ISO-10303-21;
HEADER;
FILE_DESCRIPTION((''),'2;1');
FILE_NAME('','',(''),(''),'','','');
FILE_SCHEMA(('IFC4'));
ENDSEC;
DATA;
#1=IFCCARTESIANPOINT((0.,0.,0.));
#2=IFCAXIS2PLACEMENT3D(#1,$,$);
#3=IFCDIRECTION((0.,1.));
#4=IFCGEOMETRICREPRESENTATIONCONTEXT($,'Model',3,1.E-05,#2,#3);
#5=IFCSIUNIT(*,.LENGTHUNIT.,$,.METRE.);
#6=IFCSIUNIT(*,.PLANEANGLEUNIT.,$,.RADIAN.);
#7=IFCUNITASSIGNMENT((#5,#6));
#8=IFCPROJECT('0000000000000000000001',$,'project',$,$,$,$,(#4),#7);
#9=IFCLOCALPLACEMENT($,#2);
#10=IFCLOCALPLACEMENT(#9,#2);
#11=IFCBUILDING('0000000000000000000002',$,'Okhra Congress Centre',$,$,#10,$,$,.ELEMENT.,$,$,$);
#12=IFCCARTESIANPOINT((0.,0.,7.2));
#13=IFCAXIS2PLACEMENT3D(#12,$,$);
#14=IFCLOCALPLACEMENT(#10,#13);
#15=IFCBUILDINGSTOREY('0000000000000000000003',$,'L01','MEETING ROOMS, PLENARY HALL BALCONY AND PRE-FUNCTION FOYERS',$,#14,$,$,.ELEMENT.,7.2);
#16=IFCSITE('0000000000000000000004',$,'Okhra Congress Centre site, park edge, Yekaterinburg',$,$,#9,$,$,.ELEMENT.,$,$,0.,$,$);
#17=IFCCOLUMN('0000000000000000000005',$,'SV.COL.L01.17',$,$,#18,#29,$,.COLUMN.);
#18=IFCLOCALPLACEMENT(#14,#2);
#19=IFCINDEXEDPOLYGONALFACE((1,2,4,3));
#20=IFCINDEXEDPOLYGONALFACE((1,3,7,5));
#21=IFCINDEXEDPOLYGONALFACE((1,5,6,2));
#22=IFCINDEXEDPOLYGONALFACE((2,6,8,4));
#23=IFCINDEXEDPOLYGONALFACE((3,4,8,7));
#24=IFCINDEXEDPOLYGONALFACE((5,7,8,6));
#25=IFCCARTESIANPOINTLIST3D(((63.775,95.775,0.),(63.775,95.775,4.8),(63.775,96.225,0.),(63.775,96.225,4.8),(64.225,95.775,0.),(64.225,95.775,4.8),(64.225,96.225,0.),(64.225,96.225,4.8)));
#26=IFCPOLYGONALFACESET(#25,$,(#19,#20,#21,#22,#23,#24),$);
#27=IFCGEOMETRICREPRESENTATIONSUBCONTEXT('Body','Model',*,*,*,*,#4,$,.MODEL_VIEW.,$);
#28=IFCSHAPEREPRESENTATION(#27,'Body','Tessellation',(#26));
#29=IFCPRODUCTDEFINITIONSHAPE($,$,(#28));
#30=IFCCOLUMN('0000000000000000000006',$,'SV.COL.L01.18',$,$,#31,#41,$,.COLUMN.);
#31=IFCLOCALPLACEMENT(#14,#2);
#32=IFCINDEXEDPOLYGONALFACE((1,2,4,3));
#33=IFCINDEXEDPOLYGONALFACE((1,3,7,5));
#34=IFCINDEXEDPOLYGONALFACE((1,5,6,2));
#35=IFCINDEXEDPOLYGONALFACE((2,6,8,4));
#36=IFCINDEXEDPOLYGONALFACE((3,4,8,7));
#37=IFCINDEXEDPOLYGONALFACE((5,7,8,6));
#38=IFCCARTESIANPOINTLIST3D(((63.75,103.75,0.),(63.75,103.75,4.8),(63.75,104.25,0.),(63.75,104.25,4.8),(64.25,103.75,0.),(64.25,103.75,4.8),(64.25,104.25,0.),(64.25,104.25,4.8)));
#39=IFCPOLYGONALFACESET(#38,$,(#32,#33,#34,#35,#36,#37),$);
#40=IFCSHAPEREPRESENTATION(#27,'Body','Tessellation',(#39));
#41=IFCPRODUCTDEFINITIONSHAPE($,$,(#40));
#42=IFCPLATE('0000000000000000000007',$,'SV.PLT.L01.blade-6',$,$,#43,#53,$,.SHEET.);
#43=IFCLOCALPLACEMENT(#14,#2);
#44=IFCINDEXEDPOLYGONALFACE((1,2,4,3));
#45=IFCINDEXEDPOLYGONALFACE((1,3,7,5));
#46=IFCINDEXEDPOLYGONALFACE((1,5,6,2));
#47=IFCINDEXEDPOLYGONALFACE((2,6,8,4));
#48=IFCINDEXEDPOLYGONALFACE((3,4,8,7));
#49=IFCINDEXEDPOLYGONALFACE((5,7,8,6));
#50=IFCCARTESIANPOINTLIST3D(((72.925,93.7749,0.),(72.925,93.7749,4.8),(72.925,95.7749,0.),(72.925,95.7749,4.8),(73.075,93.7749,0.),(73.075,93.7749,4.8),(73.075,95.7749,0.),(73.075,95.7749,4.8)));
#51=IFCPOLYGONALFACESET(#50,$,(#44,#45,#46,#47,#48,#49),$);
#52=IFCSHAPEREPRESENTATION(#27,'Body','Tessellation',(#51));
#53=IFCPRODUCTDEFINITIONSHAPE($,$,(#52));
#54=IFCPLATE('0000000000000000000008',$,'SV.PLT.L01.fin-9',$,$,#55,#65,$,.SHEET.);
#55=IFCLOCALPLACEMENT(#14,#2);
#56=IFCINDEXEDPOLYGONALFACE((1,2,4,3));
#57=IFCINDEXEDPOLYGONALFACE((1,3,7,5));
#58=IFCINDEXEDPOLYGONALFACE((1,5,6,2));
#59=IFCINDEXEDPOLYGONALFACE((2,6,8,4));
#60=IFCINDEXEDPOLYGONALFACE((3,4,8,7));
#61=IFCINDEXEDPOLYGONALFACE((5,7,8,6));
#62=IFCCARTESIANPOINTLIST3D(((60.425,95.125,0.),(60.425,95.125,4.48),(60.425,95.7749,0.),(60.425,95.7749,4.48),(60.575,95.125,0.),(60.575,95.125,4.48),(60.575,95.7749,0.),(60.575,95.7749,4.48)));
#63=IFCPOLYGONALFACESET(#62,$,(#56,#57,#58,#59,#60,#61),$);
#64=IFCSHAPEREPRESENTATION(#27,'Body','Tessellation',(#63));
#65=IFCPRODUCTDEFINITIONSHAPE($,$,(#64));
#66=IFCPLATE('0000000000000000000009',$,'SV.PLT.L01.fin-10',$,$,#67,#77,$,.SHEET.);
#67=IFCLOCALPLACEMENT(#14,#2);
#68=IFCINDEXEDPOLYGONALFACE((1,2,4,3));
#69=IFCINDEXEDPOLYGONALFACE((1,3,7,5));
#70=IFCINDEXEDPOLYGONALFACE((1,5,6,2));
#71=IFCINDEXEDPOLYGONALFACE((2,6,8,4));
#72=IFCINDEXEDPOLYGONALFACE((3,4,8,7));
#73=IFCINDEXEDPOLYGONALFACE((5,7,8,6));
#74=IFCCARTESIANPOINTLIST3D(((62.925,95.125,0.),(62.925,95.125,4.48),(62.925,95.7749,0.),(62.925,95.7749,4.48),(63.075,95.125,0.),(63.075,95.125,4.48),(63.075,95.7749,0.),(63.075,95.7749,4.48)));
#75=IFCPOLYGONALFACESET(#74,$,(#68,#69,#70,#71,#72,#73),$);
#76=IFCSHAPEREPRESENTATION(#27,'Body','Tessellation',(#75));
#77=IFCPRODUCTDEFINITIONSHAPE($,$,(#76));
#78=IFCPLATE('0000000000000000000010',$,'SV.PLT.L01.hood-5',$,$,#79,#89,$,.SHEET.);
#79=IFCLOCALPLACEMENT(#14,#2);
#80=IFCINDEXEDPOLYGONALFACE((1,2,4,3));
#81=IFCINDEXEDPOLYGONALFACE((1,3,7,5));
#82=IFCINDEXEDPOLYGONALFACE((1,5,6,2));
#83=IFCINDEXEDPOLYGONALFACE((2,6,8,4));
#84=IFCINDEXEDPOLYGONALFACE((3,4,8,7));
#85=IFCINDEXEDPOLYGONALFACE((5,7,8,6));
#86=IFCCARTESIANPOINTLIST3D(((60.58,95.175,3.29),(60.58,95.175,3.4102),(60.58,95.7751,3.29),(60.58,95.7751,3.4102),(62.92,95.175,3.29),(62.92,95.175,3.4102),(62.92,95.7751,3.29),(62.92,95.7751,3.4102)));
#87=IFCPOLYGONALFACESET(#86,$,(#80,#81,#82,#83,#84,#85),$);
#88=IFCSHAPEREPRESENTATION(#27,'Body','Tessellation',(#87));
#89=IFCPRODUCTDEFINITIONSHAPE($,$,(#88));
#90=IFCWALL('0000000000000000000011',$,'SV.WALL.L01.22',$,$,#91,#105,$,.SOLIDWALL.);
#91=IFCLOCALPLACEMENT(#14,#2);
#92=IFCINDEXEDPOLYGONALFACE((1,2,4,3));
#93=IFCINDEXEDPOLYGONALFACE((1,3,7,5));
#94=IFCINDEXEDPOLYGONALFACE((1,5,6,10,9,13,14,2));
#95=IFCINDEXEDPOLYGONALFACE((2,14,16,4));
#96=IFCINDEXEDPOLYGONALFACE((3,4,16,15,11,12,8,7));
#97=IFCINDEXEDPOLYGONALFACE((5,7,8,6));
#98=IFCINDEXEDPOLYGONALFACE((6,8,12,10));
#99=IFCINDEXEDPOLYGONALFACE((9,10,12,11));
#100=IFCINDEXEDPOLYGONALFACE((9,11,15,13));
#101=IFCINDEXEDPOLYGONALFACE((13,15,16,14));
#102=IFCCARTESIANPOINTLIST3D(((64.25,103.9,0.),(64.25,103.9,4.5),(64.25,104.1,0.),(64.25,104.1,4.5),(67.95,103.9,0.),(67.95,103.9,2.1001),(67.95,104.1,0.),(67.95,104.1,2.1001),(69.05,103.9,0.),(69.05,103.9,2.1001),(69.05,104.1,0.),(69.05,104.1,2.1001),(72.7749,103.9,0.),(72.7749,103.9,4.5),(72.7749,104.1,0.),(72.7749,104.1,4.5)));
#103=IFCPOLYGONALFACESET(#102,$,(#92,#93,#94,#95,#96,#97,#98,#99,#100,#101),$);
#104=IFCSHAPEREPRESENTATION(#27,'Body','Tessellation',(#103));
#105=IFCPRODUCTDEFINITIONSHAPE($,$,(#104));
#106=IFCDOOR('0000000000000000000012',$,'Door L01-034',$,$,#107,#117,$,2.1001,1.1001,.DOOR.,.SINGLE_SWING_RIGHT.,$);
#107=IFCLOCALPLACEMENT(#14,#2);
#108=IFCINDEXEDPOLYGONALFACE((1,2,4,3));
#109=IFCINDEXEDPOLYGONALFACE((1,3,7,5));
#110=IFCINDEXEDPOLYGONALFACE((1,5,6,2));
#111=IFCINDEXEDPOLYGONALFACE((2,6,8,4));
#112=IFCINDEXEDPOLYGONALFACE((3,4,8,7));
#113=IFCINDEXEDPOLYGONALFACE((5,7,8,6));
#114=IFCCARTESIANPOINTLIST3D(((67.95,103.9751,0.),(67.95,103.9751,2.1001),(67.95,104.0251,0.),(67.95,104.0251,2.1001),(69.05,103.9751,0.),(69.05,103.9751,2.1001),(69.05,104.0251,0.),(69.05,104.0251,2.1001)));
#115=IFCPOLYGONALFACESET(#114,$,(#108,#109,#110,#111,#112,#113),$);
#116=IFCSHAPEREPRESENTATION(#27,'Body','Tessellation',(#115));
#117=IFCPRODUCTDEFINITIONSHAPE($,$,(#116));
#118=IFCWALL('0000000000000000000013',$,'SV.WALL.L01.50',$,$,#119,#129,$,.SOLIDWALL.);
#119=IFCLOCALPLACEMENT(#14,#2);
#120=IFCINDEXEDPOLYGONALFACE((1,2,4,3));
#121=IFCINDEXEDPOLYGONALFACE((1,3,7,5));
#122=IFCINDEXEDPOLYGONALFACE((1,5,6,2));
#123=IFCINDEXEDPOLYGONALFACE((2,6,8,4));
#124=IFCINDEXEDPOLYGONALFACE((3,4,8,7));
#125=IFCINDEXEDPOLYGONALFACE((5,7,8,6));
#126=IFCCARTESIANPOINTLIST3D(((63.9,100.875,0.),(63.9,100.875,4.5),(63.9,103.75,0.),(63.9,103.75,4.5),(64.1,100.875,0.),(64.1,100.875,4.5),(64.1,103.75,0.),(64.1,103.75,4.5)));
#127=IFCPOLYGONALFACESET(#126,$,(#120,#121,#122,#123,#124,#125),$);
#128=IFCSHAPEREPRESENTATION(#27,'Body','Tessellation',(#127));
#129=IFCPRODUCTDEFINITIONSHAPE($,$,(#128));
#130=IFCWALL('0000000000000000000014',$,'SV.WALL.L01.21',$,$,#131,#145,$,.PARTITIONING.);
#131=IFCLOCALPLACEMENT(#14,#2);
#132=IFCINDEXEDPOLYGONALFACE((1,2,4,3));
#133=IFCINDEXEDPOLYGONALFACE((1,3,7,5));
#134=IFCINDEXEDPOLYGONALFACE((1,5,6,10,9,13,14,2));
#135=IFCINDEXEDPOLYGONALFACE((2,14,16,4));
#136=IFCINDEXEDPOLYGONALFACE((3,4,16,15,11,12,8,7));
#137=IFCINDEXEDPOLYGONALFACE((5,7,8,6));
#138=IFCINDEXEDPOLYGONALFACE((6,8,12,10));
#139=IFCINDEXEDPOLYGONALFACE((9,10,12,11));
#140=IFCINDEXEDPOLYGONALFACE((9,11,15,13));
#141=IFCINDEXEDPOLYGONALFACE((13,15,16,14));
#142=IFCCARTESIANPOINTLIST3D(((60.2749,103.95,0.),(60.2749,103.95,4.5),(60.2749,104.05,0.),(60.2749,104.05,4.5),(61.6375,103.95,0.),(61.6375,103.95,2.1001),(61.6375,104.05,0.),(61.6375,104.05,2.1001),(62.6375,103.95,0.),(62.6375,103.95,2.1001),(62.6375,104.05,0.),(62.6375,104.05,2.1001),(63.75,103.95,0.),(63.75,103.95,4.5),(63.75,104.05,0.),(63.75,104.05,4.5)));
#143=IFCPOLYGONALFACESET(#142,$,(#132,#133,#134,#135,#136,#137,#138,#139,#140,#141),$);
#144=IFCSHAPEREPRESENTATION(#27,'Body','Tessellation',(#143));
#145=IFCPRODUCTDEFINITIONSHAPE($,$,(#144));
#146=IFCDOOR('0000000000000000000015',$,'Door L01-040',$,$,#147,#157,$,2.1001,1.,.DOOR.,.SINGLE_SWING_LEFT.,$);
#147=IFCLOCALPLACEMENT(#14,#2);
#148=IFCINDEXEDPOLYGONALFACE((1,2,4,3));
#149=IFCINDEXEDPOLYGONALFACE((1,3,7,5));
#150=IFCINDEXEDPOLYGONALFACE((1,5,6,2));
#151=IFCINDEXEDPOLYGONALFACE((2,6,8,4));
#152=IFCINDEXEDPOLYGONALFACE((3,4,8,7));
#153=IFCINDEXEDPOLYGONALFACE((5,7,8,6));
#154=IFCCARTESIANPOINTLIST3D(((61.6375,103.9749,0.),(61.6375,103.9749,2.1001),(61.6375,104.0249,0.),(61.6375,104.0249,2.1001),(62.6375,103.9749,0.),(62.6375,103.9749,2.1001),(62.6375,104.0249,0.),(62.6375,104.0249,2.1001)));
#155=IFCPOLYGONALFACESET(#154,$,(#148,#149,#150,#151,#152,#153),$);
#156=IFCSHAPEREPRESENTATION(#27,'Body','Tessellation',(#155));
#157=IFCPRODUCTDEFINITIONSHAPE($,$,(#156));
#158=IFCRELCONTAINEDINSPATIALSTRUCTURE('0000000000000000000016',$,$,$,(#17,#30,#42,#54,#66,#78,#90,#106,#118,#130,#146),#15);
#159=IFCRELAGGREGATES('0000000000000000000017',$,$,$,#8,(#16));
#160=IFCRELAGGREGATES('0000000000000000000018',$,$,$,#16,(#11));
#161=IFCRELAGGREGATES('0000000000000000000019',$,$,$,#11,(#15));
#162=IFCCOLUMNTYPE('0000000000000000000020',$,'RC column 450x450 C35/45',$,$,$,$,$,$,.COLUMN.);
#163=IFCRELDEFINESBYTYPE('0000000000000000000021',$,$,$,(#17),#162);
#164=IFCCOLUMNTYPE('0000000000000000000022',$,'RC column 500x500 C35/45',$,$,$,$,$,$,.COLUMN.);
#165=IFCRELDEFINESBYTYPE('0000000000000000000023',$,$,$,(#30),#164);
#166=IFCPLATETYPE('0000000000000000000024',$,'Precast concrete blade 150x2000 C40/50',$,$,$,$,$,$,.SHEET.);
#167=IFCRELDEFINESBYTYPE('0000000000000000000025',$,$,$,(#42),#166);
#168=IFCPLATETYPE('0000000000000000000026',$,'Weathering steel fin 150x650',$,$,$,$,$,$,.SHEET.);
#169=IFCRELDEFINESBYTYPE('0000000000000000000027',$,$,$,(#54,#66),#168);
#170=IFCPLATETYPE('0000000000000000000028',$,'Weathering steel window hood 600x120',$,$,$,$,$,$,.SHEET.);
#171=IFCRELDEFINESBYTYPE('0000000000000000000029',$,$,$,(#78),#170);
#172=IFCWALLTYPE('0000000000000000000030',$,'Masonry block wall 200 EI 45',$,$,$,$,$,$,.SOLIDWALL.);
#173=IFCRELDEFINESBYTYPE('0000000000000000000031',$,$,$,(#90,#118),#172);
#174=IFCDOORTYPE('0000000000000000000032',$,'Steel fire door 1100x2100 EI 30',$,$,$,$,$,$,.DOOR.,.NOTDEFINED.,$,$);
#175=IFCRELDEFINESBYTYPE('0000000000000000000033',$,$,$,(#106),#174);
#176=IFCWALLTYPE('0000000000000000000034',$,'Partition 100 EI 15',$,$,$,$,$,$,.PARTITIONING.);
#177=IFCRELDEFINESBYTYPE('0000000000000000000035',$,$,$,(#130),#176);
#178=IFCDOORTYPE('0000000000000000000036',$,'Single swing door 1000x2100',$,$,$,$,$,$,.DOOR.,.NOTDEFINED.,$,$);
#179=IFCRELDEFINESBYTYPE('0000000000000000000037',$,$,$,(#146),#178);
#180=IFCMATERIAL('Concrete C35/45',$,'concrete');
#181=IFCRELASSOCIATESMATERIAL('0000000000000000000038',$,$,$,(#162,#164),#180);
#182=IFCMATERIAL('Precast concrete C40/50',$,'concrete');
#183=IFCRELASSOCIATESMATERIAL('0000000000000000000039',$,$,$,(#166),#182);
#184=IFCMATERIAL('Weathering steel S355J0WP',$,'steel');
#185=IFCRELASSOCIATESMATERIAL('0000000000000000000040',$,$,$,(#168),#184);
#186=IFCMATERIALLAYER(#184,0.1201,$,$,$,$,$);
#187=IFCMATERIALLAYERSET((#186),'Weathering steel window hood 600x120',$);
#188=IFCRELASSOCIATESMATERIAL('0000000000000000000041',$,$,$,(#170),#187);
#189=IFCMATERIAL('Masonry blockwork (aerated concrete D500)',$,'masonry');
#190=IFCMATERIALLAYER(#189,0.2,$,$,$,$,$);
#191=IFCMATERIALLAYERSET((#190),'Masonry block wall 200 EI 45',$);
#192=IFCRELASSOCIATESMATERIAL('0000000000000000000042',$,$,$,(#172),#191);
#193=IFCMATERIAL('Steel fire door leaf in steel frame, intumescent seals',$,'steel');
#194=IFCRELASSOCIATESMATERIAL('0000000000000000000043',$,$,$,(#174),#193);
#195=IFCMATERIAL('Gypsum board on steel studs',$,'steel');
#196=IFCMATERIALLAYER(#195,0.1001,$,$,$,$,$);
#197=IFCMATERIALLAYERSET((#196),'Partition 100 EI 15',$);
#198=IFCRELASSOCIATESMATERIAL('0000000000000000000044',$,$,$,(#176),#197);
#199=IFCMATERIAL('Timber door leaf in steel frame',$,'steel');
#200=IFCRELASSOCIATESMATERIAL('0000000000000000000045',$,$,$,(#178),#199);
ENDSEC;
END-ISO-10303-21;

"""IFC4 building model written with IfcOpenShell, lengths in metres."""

from ifc_helpers import new_model, si_unit, direction, frame, frame_2d, origin, origin_2d, place, context, subcontext, project, spatial, rectangle, extrude, material, layer, layer_set, material_profile, profile_set, type_object, element, fill, save


model = new_model("IFC4")

# Units and contexts
model_context = context("Model", 3, precision=1e-05, world=origin(), true_north=direction((0.0, 1.0)))
body_context = subcontext(model_context, "Body", "Model", "MODEL_VIEW")
ifc_project = project(units=[si_unit("LENGTHUNIT", "METRE"), si_unit("PLANEANGLEUNIT", "RADIAN")], contexts=[model_context])

# Site, building, storey
site_placement = place(None, origin())
site = spatial("IfcSite", under=ifc_project, at=site_placement, Name="Okhra Congress Centre site, park edge, Yekaterinburg", CompositionType="ELEMENT", RefElevation=0.0)
building_placement = place(site_placement, origin())
building = spatial("IfcBuilding", under=site, at=building_placement, Name="Okhra Congress Centre", CompositionType="ELEMENT")
storey_placement = place(building_placement, frame((0.0, 0.0, 7.2)))
storey = spatial("IfcBuildingStorey", under=building, at=storey_placement, Name="L01", Description="MEETING ROOMS, PLENARY HALL BALCONY AND PRE-FUNCTION FOYERS", CompositionType="ELEMENT", Elevation=7.2)

# Columns
ifc_material_1 = material(Name="Concrete C35/45", Category="concrete")
ifc_material_profile_1 = material_profile(ifc_material_1, rectangle(XDim=0.45, YDim=0.45, at=origin_2d()), Name="RC 450x450")
ifc_profile_set_1 = profile_set([ifc_material_profile_1], Name="Concrete C35/45")
column_type_1 = type_object("IfcColumnType", Name="RC column 450x450 C35/45", PredefinedType="COLUMN", material=ifc_profile_set_1)
column_1_placement = place(storey_placement, frame((64.0, 96.0, 0.0), z_axis=(0.0, 0.0, 1.0), x_axis=(1.0, 0.0, 0.0)))
element("IfcColumn", 1, at=column_1_placement, inside=storey, type_object=column_type_1, Name="SV.COL.L01.17", PredefinedType="COLUMN", context=body_context, shape_type="SweptSolid", body=[
    extrude(rectangle(XDim=0.45, YDim=0.45, at=origin_2d()), origin(), (0.0, 0.0, 1.0), 4.8),
])
ifc_material_profile_2 = material_profile(ifc_material_1, rectangle(XDim=0.5, YDim=0.5, at=origin_2d()), Name="RC 500x500")
ifc_profile_set_2 = profile_set([ifc_material_profile_2], Name="Concrete C35/45")
column_type_2 = type_object("IfcColumnType", Name="RC column 500x500 C35/45", PredefinedType="COLUMN", material=ifc_profile_set_2)
column_2_placement = place(storey_placement, frame((64.0, 104.0, 0.0), z_axis=(0.0, 0.0, 1.0), x_axis=(1.0, 0.0, 0.0)))
element("IfcColumn", 2, at=column_2_placement, inside=storey, type_object=column_type_2, Name="SV.COL.L01.18", PredefinedType="COLUMN", context=body_context, shape_type="SweptSolid", body=[
    extrude(rectangle(XDim=0.5, YDim=0.5, at=origin_2d()), origin(), (0.0, 0.0, 1.0), 4.8),
])

# Plates
ifc_material_2 = material(Name="Precast concrete C40/50", Category="concrete")
plate_type_1 = type_object("IfcPlateType", Name="Precast concrete blade 150x2000 C40/50", PredefinedType="SHEET", material=ifc_material_2)
plate_1_placement = place(storey_placement, frame((73.0, 94.7749, 0.0), z_axis=(0.0, 0.0, 1.0), x_axis=(1.0, 0.0, 0.0)))
element("IfcPlate", 3, at=plate_1_placement, inside=storey, type_object=plate_type_1, Name="SV.PLT.L01.blade-6", PredefinedType="SHEET", context=body_context, shape_type="SweptSolid", body=[
    extrude(rectangle(XDim=0.1499, YDim=2.0, at=origin_2d()), origin(), (0.0, 0.0, 1.0), 4.8),
])
ifc_material_3 = material(Name="Weathering steel S355J0WP", Category="steel")
plate_type_2 = type_object("IfcPlateType", Name="Weathering steel fin 150x650", PredefinedType="SHEET", material=ifc_material_3)
for number, where, z_axis, x_axis, name in (
    (4, (60.5, 95.45, 0.0), (0.0, 0.0, 1.0), (1.0, 0.0, 0.0), "SV.PLT.L01.fin-9"),
    (5, (63.0, 95.45, 0.0), (0.0, 0.0, 1.0), (1.0, 0.0, 0.0), "SV.PLT.L01.fin-10"),
):
    element("IfcPlate", number, at=place(storey_placement, frame(where, z_axis=z_axis, x_axis=x_axis)), inside=storey, type_object=plate_type_2, Name=name, PredefinedType="SHEET", context=body_context, shape_type="SweptSolid", body=[
        extrude(rectangle(XDim=0.1499, YDim=0.6499, at=origin_2d()), origin(), (0.0, 0.0, 1.0), 4.48),
    ])
ifc_layer_1 = layer(ifc_material_3, 0.1201)
ifc_layer_set_1 = layer_set([ifc_layer_1], Name="Weathering steel window hood 600x120")
plate_type_3 = type_object("IfcPlateType", Name="Weathering steel window hood 600x120", PredefinedType="SHEET", material=ifc_layer_set_1)
plate_2_placement = place(storey_placement, frame((61.75, 95.4751, 3.29), z_axis=(0.0, 0.0, 1.0), x_axis=(1.0, 0.0, 0.0)))
element("IfcPlate", 6, at=plate_2_placement, inside=storey, type_object=plate_type_3, Name="SV.PLT.L01.hood-5", PredefinedType="SHEET", context=body_context, shape_type="SweptSolid", body=[
    extrude(rectangle(XDim=2.3401, YDim=0.6001, at=origin_2d()), origin(), (0.0, 0.0, 1.0), 0.1201),
])

# Wall, opening, door
ifc_material_4 = material(Name="Masonry blockwork (aerated concrete D500)", Category="masonry")
ifc_layer_2 = layer(ifc_material_4, 0.2)
ifc_layer_set_2 = layer_set([ifc_layer_2], Name="Masonry block wall 200 EI 45")
wall_type_1 = type_object("IfcWallType", Name="Masonry block wall 200 EI 45", PredefinedType="SOLIDWALL", material=ifc_layer_set_2)
wall_1_placement = place(storey_placement, frame((64.25, 104.0, 0.0), z_axis=(0.0, 0.0, 1.0), x_axis=(1.0, 0.0, 0.0)))
wall_1 = element("IfcWall", 7, at=wall_1_placement, inside=storey, type_object=wall_type_1, Name="SV.WALL.L01.22", PredefinedType="SOLIDWALL", context=body_context, shape_type="SweptSolid", body=[
    extrude(rectangle(XDim=8.5249, YDim=0.2, at=frame_2d((4.2625, 0.0))), origin(), (0.0, 0.0, 1.0), 4.5),
])
opening_1_placement = place(wall_1_placement, frame((3.7, 0.0, 0.0)))
opening_1 = element("IfcOpeningElement", 8, at=opening_1_placement, cuts=wall_1, PredefinedType="OPENING", context=body_context, shape_type="SweptSolid", body=[
    extrude(rectangle(XDim=1.1001, YDim=2.1001, at=frame_2d((0.55, 1.05))), frame((0.0, 0.1099, 0.0), z_axis=(0.0, -1.0, 0.0), x_axis=(1.0, 0.0, 0.0)), (0.0, 0.0, 1.0), 0.22),
])
ifc_material_5 = material(Name="Steel fire door leaf in steel frame, intumescent seals", Category="steel")
door_type_1 = type_object("IfcDoorType", Name="Steel fire door 1100x2100 EI 30", OperationType="NOTDEFINED", PredefinedType="DOOR", material=ifc_material_5)
door_1_placement = place(opening_1_placement, frame((1.1001, 0.0, 0.0), z_axis=(0.0, 0.0, 1.0), x_axis=(-1.0, 0.0, 0.0)))
door_1 = element("IfcDoor", 9, at=door_1_placement, inside=storey, type_object=door_type_1, Name="Door L01-034", OperationType="SINGLE_SWING_RIGHT", OverallHeight=2.1001, OverallWidth=1.1001, PredefinedType="DOOR", context=body_context, shape_type="SweptSolid", body=[
    extrude(rectangle(XDim=1.1001, YDim=2.1001, at=frame_2d((0.55, 1.05))), frame((0.0, 0.0249, 0.0), z_axis=(0.0, -1.0, 0.0), x_axis=(1.0, 0.0, 0.0)), (0.0, 0.0, 1.0), 0.05),
])
fill(opening_1, door_1)

# Wall
wall_2_placement = place(storey_placement, frame((64.0, 100.875, 0.0), z_axis=(0.0, 0.0, 1.0), x_axis=(0.0, 1.0, 0.0)))
element("IfcWall", 10, at=wall_2_placement, inside=storey, type_object=wall_type_1, Name="SV.WALL.L01.50", PredefinedType="SOLIDWALL", context=body_context, shape_type="SweptSolid", body=[
    extrude(rectangle(XDim=2.875, YDim=0.2, at=frame_2d((1.4375, 0.0))), origin(), (0.0, 0.0, 1.0), 4.5),
])

# Wall, opening, door
ifc_material_6 = material(Name="Gypsum board on steel studs", Category="steel")
ifc_layer_3 = layer(ifc_material_6, 0.1001)
ifc_layer_set_3 = layer_set([ifc_layer_3], Name="Partition 100 EI 15")
wall_type_2 = type_object("IfcWallType", Name="Partition 100 EI 15", PredefinedType="PARTITIONING", material=ifc_layer_set_3)
wall_3_placement = place(storey_placement, frame((60.2749, 104.0, 0.0), z_axis=(0.0, 0.0, 1.0), x_axis=(1.0, 0.0, 0.0)))
wall_3 = element("IfcWall", 11, at=wall_3_placement, inside=storey, type_object=wall_type_2, Name="SV.WALL.L01.21", PredefinedType="PARTITIONING", context=body_context, shape_type="SweptSolid", body=[
    extrude(rectangle(XDim=3.4751, YDim=0.1001, at=frame_2d((1.7375, 0.0))), origin(), (0.0, 0.0, 1.0), 4.5),
])
opening_2_placement = place(wall_3_placement, frame((1.3625, 0.0, 0.0)))
opening_2 = element("IfcOpeningElement", 12, at=opening_2_placement, cuts=wall_3, PredefinedType="OPENING", context=body_context, shape_type="SweptSolid", body=[
    extrude(rectangle(XDim=1.0, YDim=2.1001, at=frame_2d((0.5, 1.05))), frame((0.0, 0.0601, 0.0), z_axis=(0.0, -1.0, 0.0), x_axis=(1.0, 0.0, 0.0)), (0.0, 0.0, 1.0), 0.1201),
])
ifc_material_7 = material(Name="Timber door leaf in steel frame", Category="steel")
door_type_2 = type_object("IfcDoorType", Name="Single swing door 1000x2100", OperationType="NOTDEFINED", PredefinedType="DOOR", material=ifc_material_7)
door_2_placement = place(opening_2_placement, origin())
door_2 = element("IfcDoor", 13, at=door_2_placement, inside=storey, type_object=door_type_2, Name="Door L01-040", OperationType="SINGLE_SWING_LEFT", OverallHeight=2.1001, OverallWidth=1.0, PredefinedType="DOOR", context=body_context, shape_type="SweptSolid", body=[
    extrude(rectangle(XDim=1.0, YDim=2.1001, at=frame_2d((0.5, 1.05))), frame((0.0, 0.0249, 0.0), z_axis=(0.0, -1.0, 0.0), x_axis=(1.0, 0.0, 0.0)), (0.0, 0.0, 1.0), 0.05),
])
fill(opening_2, door_2)

save(model, "model.ifc")
